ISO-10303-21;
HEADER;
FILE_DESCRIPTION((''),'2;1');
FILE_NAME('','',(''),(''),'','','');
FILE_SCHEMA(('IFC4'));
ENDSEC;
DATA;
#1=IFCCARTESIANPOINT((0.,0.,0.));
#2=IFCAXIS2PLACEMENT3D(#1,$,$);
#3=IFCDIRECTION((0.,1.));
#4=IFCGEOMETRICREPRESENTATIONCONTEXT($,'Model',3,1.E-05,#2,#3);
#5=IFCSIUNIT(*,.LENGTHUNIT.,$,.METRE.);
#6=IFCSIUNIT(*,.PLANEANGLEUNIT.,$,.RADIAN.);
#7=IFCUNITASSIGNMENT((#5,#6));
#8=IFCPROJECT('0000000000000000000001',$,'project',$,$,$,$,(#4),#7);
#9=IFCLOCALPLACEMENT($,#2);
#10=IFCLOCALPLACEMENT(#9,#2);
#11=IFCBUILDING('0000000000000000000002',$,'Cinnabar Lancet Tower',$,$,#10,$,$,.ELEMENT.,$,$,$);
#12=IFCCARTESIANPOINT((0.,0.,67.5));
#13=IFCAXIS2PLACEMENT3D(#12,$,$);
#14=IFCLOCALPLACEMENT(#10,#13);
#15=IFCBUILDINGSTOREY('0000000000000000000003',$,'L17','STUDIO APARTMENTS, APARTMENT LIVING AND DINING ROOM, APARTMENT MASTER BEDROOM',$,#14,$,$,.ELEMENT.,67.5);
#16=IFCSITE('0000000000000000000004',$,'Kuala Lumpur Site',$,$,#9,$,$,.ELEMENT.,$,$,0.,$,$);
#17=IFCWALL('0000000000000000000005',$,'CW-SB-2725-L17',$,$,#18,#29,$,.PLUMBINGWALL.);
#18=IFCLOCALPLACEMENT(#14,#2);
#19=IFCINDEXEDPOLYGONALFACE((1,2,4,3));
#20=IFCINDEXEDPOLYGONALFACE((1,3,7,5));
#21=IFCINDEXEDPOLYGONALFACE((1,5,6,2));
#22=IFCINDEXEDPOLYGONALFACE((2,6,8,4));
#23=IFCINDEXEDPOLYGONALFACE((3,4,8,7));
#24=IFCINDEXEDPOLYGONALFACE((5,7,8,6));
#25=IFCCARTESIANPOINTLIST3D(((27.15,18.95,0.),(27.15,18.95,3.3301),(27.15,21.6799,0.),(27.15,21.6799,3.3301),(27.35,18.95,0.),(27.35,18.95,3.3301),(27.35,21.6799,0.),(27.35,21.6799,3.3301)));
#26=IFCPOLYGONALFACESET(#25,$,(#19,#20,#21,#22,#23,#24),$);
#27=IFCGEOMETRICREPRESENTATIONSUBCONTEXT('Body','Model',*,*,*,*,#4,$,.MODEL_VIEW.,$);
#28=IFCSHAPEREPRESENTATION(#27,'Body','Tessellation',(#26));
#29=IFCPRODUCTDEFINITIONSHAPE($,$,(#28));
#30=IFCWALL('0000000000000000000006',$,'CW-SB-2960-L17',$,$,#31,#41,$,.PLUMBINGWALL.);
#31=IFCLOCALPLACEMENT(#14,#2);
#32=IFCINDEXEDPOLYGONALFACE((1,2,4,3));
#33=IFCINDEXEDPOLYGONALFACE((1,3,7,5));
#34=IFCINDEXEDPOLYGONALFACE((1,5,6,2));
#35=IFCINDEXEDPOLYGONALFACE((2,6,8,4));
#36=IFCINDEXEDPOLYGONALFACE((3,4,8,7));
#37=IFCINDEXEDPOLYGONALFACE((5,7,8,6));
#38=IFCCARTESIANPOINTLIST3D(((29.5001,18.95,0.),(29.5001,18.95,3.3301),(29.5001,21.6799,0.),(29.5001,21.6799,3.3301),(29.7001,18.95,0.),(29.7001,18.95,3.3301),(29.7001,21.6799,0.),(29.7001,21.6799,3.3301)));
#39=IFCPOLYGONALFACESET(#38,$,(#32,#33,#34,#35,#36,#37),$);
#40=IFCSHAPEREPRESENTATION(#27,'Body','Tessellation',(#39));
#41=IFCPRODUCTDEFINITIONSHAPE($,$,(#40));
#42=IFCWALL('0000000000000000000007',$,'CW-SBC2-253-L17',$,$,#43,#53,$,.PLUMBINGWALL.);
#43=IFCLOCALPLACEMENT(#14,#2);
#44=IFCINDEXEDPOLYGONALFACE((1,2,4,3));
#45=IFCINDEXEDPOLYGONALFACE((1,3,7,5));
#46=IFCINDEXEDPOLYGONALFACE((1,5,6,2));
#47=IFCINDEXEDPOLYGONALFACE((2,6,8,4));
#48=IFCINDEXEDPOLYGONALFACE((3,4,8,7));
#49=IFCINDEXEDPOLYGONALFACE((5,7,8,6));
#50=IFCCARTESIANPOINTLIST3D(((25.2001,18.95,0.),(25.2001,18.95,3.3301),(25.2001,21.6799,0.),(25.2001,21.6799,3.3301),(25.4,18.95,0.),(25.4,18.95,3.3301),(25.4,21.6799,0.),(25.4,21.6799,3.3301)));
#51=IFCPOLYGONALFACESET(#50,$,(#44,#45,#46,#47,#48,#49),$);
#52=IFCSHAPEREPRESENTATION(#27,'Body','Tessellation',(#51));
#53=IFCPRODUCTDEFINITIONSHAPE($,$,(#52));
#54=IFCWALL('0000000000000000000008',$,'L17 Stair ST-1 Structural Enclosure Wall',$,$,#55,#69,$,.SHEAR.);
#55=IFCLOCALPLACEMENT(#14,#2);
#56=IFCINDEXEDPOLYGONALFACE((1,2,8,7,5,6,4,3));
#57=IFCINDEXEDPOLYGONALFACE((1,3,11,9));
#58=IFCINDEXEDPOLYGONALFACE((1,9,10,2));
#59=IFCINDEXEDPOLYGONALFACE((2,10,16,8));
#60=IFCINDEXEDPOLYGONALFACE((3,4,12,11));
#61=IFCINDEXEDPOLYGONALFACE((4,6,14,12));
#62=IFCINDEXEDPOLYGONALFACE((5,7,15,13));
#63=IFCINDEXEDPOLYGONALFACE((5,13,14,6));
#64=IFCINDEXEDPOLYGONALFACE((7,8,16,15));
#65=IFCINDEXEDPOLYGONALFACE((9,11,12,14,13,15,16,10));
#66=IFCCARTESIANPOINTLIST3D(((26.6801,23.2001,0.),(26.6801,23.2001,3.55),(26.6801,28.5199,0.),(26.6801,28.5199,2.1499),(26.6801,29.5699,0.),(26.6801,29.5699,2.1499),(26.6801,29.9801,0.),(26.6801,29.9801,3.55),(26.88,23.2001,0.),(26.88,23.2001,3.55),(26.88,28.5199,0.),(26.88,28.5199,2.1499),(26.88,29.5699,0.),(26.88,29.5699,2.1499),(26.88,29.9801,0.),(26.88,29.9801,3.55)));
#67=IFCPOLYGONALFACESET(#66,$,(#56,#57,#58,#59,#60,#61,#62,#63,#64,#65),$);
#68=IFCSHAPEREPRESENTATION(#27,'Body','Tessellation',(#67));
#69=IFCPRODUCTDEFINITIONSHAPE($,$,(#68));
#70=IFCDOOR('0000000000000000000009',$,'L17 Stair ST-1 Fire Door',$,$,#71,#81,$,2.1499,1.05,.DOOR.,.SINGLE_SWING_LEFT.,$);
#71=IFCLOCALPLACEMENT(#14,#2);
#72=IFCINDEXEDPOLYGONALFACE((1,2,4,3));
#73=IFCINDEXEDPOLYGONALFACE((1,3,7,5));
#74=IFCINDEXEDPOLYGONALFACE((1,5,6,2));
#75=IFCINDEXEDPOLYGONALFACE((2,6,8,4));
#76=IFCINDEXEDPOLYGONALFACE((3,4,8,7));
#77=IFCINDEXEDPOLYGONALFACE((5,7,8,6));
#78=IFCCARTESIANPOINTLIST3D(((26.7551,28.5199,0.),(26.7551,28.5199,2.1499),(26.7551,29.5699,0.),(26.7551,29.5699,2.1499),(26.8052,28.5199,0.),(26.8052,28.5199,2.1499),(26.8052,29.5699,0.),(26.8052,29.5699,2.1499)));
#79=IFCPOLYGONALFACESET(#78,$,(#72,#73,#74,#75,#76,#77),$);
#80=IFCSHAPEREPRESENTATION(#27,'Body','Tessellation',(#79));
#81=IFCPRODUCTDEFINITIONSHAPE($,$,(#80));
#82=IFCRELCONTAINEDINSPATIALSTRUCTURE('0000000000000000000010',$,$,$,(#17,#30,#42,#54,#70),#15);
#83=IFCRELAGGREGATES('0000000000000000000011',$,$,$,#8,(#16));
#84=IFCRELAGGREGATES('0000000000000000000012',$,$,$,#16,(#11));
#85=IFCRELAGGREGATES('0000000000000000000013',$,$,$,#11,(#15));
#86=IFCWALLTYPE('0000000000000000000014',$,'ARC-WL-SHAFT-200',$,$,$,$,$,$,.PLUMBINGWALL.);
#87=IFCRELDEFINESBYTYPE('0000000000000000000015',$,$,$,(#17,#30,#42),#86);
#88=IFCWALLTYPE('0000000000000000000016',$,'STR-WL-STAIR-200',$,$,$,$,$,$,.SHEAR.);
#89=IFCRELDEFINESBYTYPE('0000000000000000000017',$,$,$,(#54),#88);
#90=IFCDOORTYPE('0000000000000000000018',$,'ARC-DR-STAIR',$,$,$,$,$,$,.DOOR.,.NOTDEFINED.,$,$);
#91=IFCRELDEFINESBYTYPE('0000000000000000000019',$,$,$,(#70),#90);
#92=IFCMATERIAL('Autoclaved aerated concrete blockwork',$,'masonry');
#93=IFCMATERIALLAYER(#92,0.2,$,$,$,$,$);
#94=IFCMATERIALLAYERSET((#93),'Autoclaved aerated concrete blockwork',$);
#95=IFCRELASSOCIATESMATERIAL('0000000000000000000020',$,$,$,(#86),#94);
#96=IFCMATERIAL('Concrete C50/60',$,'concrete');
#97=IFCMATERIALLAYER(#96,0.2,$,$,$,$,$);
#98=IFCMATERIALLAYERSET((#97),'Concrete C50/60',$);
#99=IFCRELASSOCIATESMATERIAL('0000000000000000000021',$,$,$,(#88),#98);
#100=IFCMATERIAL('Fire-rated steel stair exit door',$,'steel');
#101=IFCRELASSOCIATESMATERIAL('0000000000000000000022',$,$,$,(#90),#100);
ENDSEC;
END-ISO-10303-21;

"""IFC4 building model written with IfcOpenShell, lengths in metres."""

from ifc_helpers import new_model, si_unit, direction, frame, frame_2d, origin, place, context, subcontext, project, spatial, rectangle, extrude, material, layer, layer_set, type_object, element, fill, save


model = new_model("IFC4")

# Units and contexts
model_context = context("Model", 3, precision=1e-05, world=origin(), true_north=direction((0.0, 1.0)))
body_context = subcontext(model_context, "Body", "Model", "MODEL_VIEW")
ifc_project = project(units=[si_unit("LENGTHUNIT", "METRE"), si_unit("PLANEANGLEUNIT", "RADIAN")], contexts=[model_context])

# Site, building, storey
site_placement = place(None, origin())
site = spatial("IfcSite", under=ifc_project, at=site_placement, Name="Kuala Lumpur Site", CompositionType="ELEMENT", RefElevation=0.0)
building_placement = place(site_placement, origin())
building = spatial("IfcBuilding", under=site, at=building_placement, Name="Cinnabar Lancet Tower", CompositionType="ELEMENT")
storey_placement = place(building_placement, frame((0.0, 0.0, 67.5)))
storey = spatial("IfcBuildingStorey", under=building, at=storey_placement, Name="L17", Description="STUDIO APARTMENTS, APARTMENT LIVING AND DINING ROOM, APARTMENT MASTER BEDROOM", CompositionType="ELEMENT", Elevation=67.5)

# Shared definitions
ifc_material_1 = material(Name="Autoclaved aerated concrete blockwork", Category="masonry")
ifc_layer_1 = layer(ifc_material_1, 0.2)
ifc_layer_set_1 = layer_set([ifc_layer_1], Name="Autoclaved aerated concrete blockwork")
wall_type_1 = type_object("IfcWallType", Name="ARC-WL-SHAFT-200", PredefinedType="PLUMBINGWALL", material=ifc_layer_set_1)

# Walls
for number, where, z_axis, x_axis, name in (
    (1, (27.25, 18.95, 0.0), (0.0, 0.0, 1.0), (0.0, 1.0, 0.0), "CW-SB-2725-L17"),
    (2, (29.6001, 18.95, 0.0), (0.0, 0.0, 1.0), (0.0, 1.0, 0.0), "CW-SB-2960-L17"),
    (3, (25.3, 18.95, 0.0), (0.0, 0.0, 1.0), (0.0, 1.0, 0.0), "CW-SBC2-253-L17"),
):
    element("IfcWall", number, at=place(storey_placement, frame(where, z_axis=z_axis, x_axis=x_axis)), inside=storey, type_object=wall_type_1, Name=name, PredefinedType="PLUMBINGWALL", context=body_context, shape_type="SweptSolid", body=[
        extrude(rectangle(XDim=2.73, YDim=0.2, at=frame_2d((1.365, 0.0))), origin(), (0.0, 0.0, 1.0), 3.3301),
    ])

# Wall, opening, door
ifc_material_2 = material(Name="Concrete C50/60", Category="concrete")
ifc_layer_2 = layer(ifc_material_2, 0.2)
ifc_layer_set_2 = layer_set([ifc_layer_2], Name="Concrete C50/60")
wall_type_2 = type_object("IfcWallType", Name="STR-WL-STAIR-200", PredefinedType="SHEAR", material=ifc_layer_set_2)
wall_1_placement = place(storey_placement, frame((26.78, 23.2, 0.0), z_axis=(0.0, 0.0, 1.0), x_axis=(0.0, 1.0, 0.0)))
wall_1 = element("IfcWall", 4, at=wall_1_placement, inside=storey, type_object=wall_type_2, Name="L17 Stair ST-1 Structural Enclosure Wall", PredefinedType="SHEAR", context=body_context, shape_type="SweptSolid", body=[
    extrude(rectangle(XDim=6.78, YDim=0.2, at=frame_2d((3.3901, 0.0))), origin(), (0.0, 0.0, 1.0), 3.55),
])
opening_1_placement = place(wall_1_placement, frame((5.3201, 0.0, 0.0)))
opening_1 = element("IfcOpeningElement", 5, at=opening_1_placement, cuts=wall_1, PredefinedType="OPENING", context=body_context, shape_type="SweptSolid", body=[
    extrude(rectangle(XDim=1.05, YDim=2.1499, at=frame_2d((0.5249, 1.075))), frame((0.0, 0.1099, 0.0), z_axis=(0.0, -1.0, 0.0), x_axis=(1.0, 0.0, 0.0)), (0.0, 0.0, 1.0), 0.22),
])
ifc_material_3 = material(Name="Fire-rated steel stair exit door", Category="steel")
door_type_1 = type_object("IfcDoorType", Name="ARC-DR-STAIR", OperationType="NOTDEFINED", PredefinedType="DOOR", material=ifc_material_3)
door_1_placement = place(opening_1_placement, origin())
door_1 = element("IfcDoor", 6, at=door_1_placement, inside=storey, type_object=door_type_1, Name="L17 Stair ST-1 Fire Door", OperationType="SINGLE_SWING_LEFT", OverallHeight=2.1499, OverallWidth=1.05, PredefinedType="DOOR", context=body_context, shape_type="SweptSolid", body=[
    extrude(rectangle(XDim=1.05, YDim=2.1499, at=frame_2d((0.5249, 1.075))), frame((0.0, 0.0249, 0.0), z_axis=(0.0, -1.0, 0.0), x_axis=(1.0, 0.0, 0.0)), (0.0, 0.0, 1.0), 0.05),
])
fill(opening_1, door_1)

save(model, "model.ifc")
